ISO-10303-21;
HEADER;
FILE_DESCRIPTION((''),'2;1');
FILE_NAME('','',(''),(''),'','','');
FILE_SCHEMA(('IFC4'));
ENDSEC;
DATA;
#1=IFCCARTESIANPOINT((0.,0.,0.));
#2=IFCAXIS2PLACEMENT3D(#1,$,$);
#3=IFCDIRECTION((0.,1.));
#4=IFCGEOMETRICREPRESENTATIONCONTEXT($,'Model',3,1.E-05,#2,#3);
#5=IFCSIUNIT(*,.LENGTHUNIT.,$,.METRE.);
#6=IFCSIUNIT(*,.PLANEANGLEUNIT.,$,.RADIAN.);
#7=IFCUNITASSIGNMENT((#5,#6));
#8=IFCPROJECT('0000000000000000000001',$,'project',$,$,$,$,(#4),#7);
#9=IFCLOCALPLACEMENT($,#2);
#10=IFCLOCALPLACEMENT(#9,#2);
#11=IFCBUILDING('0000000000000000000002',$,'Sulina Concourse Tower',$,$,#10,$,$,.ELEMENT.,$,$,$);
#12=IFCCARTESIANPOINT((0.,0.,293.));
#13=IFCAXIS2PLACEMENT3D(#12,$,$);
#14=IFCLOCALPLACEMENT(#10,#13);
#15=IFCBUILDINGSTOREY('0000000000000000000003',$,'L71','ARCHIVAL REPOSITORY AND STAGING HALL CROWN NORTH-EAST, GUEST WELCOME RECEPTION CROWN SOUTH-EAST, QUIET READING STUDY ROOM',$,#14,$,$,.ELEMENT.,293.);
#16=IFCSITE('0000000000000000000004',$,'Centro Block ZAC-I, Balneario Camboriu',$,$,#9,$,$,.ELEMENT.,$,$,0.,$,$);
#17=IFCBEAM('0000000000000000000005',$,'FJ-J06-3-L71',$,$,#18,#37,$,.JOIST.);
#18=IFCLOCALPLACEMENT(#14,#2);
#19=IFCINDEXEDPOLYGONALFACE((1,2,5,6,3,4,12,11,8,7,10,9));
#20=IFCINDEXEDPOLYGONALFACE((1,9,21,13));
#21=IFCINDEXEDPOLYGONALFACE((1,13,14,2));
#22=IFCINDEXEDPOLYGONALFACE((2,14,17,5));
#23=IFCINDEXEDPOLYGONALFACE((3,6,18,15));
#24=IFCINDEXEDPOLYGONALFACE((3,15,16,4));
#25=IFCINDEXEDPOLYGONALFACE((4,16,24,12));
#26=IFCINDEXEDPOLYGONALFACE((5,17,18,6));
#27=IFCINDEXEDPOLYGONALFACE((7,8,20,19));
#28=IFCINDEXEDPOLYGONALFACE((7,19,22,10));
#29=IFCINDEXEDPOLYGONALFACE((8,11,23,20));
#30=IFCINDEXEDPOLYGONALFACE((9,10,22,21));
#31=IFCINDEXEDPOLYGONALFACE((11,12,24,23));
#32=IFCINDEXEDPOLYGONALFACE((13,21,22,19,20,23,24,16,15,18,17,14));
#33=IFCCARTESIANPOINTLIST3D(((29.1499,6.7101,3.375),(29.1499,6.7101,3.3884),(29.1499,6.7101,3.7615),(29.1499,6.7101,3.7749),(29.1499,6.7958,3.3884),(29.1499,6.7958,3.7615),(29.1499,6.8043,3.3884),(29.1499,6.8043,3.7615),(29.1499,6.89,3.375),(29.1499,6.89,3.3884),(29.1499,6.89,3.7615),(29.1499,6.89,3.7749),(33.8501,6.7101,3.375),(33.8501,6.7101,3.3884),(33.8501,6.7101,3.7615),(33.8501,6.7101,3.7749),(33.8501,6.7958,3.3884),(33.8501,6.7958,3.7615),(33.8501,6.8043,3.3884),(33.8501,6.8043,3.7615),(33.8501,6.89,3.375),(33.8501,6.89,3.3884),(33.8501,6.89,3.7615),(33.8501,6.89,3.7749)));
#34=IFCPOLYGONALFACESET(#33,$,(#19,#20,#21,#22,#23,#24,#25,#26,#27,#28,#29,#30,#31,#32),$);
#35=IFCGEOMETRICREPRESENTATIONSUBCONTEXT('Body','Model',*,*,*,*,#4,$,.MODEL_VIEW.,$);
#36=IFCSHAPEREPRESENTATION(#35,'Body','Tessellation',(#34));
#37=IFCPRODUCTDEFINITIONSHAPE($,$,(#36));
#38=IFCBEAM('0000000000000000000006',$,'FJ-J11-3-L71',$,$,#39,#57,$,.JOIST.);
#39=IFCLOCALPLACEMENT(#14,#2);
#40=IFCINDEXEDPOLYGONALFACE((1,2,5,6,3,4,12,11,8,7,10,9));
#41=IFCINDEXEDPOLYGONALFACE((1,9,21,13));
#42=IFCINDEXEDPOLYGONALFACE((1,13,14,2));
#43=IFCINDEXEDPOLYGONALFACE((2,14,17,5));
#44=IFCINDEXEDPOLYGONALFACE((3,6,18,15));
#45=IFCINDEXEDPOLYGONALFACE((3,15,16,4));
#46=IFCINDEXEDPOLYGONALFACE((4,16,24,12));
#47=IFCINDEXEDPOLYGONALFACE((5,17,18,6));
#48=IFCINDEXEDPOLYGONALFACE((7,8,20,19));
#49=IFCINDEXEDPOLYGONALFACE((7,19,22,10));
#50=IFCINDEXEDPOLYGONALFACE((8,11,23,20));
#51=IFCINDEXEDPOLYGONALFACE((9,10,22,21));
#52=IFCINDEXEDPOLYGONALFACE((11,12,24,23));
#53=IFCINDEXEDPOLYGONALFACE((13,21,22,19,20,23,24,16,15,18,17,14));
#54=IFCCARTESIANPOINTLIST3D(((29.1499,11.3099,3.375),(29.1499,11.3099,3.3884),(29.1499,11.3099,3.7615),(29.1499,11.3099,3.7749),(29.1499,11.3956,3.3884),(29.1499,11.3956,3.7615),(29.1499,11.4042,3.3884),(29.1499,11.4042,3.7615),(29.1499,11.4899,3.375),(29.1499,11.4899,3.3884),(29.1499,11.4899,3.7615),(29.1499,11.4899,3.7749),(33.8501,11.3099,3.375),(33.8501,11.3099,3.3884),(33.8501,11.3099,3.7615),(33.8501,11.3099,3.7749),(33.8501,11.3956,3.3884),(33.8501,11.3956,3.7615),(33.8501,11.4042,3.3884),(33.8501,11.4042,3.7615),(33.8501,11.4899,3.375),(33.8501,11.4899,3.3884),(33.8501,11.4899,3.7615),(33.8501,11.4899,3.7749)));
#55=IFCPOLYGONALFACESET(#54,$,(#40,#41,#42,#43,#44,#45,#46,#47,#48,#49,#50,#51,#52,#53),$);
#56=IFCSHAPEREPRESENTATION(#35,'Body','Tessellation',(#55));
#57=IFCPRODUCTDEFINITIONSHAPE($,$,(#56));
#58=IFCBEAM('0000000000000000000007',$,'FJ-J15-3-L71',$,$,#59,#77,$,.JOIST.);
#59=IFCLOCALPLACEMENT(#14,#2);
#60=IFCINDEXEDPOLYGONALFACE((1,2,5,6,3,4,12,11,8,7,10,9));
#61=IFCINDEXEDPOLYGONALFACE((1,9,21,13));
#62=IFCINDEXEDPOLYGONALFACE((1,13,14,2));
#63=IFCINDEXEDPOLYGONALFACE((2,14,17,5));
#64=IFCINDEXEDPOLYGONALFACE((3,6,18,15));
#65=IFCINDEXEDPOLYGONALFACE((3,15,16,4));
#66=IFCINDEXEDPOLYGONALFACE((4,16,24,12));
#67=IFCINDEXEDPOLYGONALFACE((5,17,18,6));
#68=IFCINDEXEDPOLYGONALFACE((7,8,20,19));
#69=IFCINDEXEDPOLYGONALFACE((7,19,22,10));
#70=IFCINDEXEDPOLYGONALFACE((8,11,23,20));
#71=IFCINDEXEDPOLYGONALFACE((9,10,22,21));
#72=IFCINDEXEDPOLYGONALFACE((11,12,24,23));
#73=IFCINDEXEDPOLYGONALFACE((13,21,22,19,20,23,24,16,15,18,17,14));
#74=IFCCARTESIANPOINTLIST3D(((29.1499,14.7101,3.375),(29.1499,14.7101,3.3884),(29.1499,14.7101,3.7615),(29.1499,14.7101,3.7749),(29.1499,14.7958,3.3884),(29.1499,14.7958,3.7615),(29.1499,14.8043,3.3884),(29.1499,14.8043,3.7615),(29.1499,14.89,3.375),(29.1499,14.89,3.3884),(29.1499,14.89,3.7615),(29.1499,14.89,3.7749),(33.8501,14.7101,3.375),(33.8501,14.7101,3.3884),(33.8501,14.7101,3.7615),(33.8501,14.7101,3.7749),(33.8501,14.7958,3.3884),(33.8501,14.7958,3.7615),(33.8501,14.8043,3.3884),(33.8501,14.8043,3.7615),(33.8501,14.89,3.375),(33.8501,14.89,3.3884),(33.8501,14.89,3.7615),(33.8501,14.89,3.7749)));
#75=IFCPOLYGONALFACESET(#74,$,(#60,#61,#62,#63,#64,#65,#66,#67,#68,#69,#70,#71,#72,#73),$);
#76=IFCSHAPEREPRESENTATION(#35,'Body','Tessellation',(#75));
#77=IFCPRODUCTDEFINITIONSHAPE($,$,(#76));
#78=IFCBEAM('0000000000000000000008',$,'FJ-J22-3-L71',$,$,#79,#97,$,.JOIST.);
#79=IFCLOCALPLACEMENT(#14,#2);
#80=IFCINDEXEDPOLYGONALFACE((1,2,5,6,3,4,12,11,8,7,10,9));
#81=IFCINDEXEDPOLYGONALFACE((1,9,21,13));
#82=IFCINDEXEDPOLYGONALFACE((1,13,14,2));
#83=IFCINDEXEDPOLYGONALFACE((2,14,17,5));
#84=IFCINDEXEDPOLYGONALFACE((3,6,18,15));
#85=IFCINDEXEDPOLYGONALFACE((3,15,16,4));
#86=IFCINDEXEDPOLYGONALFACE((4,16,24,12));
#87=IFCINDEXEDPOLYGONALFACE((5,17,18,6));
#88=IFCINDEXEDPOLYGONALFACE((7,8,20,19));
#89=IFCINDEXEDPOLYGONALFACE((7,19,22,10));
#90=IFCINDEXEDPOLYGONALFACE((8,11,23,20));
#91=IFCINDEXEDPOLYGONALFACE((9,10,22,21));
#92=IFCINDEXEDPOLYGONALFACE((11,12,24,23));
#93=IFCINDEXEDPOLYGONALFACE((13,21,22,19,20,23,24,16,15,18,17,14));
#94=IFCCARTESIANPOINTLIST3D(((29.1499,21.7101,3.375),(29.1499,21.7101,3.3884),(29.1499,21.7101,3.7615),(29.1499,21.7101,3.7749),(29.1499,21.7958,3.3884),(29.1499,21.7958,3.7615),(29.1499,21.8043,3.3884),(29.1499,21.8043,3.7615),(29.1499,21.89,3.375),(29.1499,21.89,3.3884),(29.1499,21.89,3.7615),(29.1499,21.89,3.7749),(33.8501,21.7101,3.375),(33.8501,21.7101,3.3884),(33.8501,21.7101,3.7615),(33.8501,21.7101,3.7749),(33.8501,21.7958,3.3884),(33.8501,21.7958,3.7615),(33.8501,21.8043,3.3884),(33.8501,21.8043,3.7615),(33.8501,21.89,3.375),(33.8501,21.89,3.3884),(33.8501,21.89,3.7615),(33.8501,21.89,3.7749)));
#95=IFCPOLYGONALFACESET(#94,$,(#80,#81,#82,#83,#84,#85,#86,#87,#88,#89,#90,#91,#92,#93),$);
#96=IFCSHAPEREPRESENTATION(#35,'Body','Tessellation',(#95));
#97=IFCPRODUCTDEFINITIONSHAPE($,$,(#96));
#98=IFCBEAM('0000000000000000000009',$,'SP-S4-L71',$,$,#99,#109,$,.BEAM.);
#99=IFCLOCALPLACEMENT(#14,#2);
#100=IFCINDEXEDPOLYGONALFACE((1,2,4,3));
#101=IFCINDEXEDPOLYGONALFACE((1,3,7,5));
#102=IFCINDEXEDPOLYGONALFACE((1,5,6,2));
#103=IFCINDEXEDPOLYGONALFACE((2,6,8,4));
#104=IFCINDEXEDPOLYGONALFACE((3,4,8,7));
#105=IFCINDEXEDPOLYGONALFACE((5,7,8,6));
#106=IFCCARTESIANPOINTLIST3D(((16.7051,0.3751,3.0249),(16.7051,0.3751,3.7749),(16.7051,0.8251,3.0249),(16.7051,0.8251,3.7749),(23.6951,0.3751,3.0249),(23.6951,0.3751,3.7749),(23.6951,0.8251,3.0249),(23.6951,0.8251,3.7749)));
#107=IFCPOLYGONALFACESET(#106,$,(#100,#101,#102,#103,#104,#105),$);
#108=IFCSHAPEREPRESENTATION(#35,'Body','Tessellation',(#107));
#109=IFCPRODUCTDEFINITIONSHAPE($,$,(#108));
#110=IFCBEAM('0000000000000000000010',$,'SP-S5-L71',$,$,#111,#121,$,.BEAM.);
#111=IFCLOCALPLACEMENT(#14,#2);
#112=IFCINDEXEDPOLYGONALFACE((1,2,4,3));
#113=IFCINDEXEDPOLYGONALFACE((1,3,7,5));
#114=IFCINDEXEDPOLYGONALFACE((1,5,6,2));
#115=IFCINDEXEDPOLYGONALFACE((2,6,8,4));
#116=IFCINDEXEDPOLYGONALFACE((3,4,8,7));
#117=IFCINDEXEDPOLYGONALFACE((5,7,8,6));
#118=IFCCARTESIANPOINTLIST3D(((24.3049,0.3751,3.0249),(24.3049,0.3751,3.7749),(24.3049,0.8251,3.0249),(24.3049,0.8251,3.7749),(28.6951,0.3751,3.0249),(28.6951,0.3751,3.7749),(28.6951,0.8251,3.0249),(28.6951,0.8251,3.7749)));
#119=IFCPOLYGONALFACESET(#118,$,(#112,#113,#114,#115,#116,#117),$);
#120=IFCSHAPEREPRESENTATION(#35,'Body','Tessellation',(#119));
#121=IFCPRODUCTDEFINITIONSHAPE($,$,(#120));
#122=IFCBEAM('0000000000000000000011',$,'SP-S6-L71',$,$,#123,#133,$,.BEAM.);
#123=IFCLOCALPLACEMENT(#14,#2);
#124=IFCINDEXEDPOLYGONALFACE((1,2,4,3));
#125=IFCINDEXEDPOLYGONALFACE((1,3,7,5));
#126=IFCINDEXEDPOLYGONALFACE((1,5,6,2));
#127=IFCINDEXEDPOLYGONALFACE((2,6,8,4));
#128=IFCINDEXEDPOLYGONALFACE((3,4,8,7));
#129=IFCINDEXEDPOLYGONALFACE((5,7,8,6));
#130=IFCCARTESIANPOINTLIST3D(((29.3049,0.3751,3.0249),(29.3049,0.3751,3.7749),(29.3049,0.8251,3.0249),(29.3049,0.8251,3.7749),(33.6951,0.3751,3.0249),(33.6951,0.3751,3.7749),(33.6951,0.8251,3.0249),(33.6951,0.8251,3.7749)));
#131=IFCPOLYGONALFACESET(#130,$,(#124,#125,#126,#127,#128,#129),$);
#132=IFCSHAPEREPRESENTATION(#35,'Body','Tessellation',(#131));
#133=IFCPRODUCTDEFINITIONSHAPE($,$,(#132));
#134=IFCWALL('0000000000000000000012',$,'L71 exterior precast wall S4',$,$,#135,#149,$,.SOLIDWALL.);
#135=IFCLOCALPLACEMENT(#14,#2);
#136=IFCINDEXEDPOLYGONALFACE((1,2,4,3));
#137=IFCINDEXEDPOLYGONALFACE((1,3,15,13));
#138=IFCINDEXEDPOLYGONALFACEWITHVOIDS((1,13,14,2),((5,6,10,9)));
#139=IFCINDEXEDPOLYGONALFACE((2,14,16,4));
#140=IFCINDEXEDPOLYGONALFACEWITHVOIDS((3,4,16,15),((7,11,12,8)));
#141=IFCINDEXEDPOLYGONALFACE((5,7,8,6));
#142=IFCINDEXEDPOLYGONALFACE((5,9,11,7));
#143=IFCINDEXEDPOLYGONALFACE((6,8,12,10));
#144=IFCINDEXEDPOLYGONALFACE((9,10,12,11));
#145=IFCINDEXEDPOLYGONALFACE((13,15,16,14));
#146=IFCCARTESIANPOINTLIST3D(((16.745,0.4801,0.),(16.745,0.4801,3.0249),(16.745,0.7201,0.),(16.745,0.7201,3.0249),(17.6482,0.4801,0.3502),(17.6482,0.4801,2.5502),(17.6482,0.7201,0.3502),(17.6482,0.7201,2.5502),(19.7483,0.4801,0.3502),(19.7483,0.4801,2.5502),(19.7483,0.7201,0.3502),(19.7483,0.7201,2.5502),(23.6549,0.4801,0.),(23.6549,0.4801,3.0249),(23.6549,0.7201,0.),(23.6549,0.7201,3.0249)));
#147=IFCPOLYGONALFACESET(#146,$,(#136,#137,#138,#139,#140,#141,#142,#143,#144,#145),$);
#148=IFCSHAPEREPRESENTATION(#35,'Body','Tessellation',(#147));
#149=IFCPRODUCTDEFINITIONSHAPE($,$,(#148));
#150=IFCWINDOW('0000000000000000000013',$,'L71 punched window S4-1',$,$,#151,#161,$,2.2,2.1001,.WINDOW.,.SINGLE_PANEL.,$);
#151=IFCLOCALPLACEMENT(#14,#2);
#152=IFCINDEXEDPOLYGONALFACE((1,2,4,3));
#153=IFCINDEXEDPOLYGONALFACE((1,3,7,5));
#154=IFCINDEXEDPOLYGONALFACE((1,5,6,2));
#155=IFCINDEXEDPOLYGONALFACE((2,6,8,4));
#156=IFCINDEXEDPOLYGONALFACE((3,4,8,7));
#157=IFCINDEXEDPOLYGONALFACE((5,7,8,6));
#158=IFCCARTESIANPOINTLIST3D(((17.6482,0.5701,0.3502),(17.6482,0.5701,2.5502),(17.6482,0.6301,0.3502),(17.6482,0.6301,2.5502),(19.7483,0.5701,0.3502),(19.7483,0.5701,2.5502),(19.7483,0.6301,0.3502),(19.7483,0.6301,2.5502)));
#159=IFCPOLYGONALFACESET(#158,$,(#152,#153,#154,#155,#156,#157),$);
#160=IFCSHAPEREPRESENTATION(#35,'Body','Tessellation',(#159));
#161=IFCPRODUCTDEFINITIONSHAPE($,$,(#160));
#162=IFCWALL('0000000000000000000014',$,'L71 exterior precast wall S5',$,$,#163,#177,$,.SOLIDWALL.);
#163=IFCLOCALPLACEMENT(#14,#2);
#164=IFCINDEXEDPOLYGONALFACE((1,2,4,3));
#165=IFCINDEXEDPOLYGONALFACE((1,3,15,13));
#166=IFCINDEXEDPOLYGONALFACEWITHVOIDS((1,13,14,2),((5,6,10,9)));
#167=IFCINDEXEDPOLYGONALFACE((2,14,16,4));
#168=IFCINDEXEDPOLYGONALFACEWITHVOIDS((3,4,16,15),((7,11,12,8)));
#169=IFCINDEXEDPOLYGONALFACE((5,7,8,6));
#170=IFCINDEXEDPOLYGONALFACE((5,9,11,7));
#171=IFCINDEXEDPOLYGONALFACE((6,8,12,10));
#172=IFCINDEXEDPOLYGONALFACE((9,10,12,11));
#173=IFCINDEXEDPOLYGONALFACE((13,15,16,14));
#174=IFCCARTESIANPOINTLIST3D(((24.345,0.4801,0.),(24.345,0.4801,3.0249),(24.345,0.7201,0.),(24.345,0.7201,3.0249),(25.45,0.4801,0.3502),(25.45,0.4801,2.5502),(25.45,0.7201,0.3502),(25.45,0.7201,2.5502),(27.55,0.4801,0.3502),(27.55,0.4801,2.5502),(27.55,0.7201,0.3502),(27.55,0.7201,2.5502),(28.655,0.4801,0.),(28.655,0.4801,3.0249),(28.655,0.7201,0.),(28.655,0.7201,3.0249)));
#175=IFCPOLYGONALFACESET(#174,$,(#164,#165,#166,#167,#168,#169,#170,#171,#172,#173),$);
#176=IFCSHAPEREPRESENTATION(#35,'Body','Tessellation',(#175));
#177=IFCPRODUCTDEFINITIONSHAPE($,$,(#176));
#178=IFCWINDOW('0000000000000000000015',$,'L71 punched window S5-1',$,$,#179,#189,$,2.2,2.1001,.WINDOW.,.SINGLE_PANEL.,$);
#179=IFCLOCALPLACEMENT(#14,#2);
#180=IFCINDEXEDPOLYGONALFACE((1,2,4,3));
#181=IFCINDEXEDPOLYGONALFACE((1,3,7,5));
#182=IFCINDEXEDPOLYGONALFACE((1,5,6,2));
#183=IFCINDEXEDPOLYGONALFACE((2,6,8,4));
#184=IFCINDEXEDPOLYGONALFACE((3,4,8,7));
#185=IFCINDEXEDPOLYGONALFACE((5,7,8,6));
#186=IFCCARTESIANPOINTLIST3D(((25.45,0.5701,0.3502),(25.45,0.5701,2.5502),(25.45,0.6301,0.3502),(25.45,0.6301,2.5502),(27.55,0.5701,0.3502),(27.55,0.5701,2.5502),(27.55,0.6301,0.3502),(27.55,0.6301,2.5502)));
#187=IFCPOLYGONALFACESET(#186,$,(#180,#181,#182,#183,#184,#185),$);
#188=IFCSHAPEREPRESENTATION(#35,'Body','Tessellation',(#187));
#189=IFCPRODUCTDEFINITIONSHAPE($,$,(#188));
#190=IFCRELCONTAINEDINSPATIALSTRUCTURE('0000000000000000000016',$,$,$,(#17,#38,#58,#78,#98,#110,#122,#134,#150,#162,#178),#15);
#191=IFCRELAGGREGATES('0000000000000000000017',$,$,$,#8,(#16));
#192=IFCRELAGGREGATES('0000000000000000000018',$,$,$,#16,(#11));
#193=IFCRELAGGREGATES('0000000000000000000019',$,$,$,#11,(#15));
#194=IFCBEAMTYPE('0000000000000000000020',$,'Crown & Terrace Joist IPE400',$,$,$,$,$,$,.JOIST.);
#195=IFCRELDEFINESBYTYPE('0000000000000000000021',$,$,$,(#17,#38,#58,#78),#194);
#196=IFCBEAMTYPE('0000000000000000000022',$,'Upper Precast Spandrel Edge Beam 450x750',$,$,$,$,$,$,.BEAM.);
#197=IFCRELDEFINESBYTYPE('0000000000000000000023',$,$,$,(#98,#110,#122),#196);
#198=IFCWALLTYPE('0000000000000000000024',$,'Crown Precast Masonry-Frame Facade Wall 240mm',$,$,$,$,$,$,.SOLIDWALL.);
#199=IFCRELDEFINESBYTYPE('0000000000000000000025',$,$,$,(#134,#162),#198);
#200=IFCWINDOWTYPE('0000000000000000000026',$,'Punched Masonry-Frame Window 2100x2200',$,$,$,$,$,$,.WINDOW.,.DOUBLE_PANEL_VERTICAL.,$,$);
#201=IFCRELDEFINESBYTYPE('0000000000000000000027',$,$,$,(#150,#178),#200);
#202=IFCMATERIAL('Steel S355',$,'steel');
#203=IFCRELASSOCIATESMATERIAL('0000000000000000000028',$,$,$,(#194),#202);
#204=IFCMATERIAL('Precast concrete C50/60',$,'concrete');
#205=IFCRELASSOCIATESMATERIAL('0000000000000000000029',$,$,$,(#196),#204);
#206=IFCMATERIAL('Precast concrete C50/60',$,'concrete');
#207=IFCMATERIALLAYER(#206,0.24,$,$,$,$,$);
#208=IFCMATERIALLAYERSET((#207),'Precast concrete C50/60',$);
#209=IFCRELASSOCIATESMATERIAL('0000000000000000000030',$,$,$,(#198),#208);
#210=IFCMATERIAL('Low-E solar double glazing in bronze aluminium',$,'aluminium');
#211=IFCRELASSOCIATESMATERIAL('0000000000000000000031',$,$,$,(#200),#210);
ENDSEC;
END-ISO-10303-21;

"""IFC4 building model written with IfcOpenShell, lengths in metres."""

from ifc_helpers import new_model, si_unit, direction, frame, frame_2d, origin, origin_2d, place, context, subcontext, project, spatial, rectangle, i_section, extrude, material, layer, layer_set, material_profile, profile_set, type_object, element, fill, save


model = new_model("IFC4")

# Units and contexts
model_context = context("Model", 3, precision=1e-05, world=origin(), true_north=direction((0.0, 1.0)))
body_context = subcontext(model_context, "Body", "Model", "MODEL_VIEW")
ifc_project = project(units=[si_unit("LENGTHUNIT", "METRE"), si_unit("PLANEANGLEUNIT", "RADIAN")], contexts=[model_context])

# Site, building, storey
site_placement = place(None, origin())
site = spatial("IfcSite", under=ifc_project, at=site_placement, Name="Centro Block ZAC-I, Balneario Camboriu", CompositionType="ELEMENT", RefElevation=0.0)
building_placement = place(site_placement, origin())
building = spatial("IfcBuilding", under=site, at=building_placement, Name="Sulina Concourse Tower", CompositionType="ELEMENT")
storey_placement = place(building_placement, frame((0.0, 0.0, 293.0)))
storey = spatial("IfcBuildingStorey", under=building, at=storey_placement, Name="L71", Description="ARCHIVAL REPOSITORY AND STAGING HALL CROWN NORTH-EAST, GUEST WELCOME RECEPTION CROWN SOUTH-EAST, QUIET READING STUDY ROOM", CompositionType="ELEMENT", Elevation=293.0)

# Beams
ifc_material_1 = material(Name="Steel S355", Category="steel")
ifc_material_profile_1 = material_profile(ifc_material_1, i_section(OverallWidth=0.1799, OverallDepth=0.3999, WebThickness=0.0085, FlangeThickness=0.0134, at=origin_2d()), Name="IPE 400")
ifc_profile_set_1 = profile_set([ifc_material_profile_1], Name="Steel S355")
beam_type_1 = type_object("IfcBeamType", Name="Crown & Terrace Joist IPE400", PredefinedType="JOIST", material=ifc_profile_set_1)
for number, where, z_axis, x_axis, name in (
    (1, (29.1499, 6.8, 3.575), (1.0, 0.0, 0.0), (0.0, 1.0, 0.0), "FJ-J06-3-L71"),
    (2, (29.1499, 11.3999, 3.575), (1.0, 0.0, 0.0), (0.0, 1.0, 0.0), "FJ-J11-3-L71"),
    (3, (29.1499, 14.8, 3.575), (1.0, 0.0, 0.0), (0.0, 1.0, 0.0), "FJ-J15-3-L71"),
    (4, (29.1499, 21.8, 3.575), (1.0, 0.0, 0.0), (0.0, 1.0, 0.0), "FJ-J22-3-L71"),
):
    element("IfcBeam", number, at=place(storey_placement, frame(where, z_axis=z_axis, x_axis=x_axis)), inside=storey, type_object=beam_type_1, Name=name, PredefinedType="JOIST", context=body_context, shape_type="SweptSolid", body=[
        extrude(i_section(OverallWidth=0.1799, OverallDepth=0.3999, WebThickness=0.0085, FlangeThickness=0.0134, at=origin_2d()), origin(), (0.0, 0.0, 1.0), 4.7002),
    ])
ifc_material_2 = material(Name="Precast concrete C50/60", Category="concrete")
ifc_material_profile_2 = material_profile(ifc_material_2, rectangle(XDim=0.45, YDim=0.75, at=origin_2d()), Name="RC 450x750")
ifc_profile_set_2 = profile_set([ifc_material_profile_2], Name="Precast concrete C50/60")
beam_type_2 = type_object("IfcBeamType", Name="Upper Precast Spandrel Edge Beam 450x750", PredefinedType="BEAM", material=ifc_profile_set_2)
beam_1_placement = place(storey_placement, frame((16.7051, 0.6001, 3.3999), z_axis=(1.0, 0.0, 0.0), x_axis=(0.0, 1.0, 0.0)))
element("IfcBeam", 5, at=beam_1_placement, inside=storey, type_object=beam_type_2, Name="SP-S4-L71", PredefinedType="BEAM", context=body_context, shape_type="SweptSolid", body=[
    extrude(rectangle(XDim=0.45, YDim=0.75, at=origin_2d()), origin(), (0.0, 0.0, 1.0), 6.99),
])
for number, where, z_axis, x_axis, name in (
    (6, (24.3049, 0.6001, 3.3999), (1.0, 0.0, 0.0), (0.0, 1.0, 0.0), "SP-S5-L71"),
    (7, (29.3049, 0.6001, 3.3999), (1.0, 0.0, 0.0), (0.0, 1.0, 0.0), "SP-S6-L71"),
):
    element("IfcBeam", number, at=place(storey_placement, frame(where, z_axis=z_axis, x_axis=x_axis)), inside=storey, type_object=beam_type_2, Name=name, PredefinedType="BEAM", context=body_context, shape_type="SweptSolid", body=[
        extrude(rectangle(XDim=0.45, YDim=0.75, at=origin_2d()), origin(), (0.0, 0.0, 1.0), 4.3901),
    ])

# Walls, openings, windows
ifc_material_3 = material(Name="Precast concrete C50/60", Category="concrete")
ifc_layer_1 = layer(ifc_material_3, 0.24)
ifc_layer_set_1 = layer_set([ifc_layer_1], Name="Precast concrete C50/60")
wall_type_1 = type_object("IfcWallType", Name="Crown Precast Masonry-Frame Facade Wall 240mm", PredefinedType="SOLIDWALL", material=ifc_layer_set_1)
wall_1_placement = place(storey_placement, frame((23.655, 0.6001, 0.0), z_axis=(0.0, 0.0, 1.0), x_axis=(-1.0, 0.0, 0.0)))
wall_1 = element("IfcWall", 8, at=wall_1_placement, inside=storey, type_object=wall_type_1, Name="L71 exterior precast wall S4", PredefinedType="SOLIDWALL", context=body_context, shape_type="SweptSolid", body=[
    extrude(rectangle(XDim=6.9099, YDim=0.24, at=frame_2d((3.4551, 0.0))), origin(), (0.0, 0.0, 1.0), 3.0249),
])
opening_1_placement = place(wall_1_placement, frame((3.9067, 0.0, 0.3501)))
opening_1 = element("IfcOpeningElement", 9, at=opening_1_placement, cuts=wall_1, PredefinedType="OPENING", context=body_context, shape_type="SweptSolid", body=[
    extrude(rectangle(XDim=2.1001, YDim=2.2, at=frame_2d((1.05, 1.1001))), frame((0.0, 0.1299, 0.0), z_axis=(0.0, -1.0, 0.0), x_axis=(1.0, 0.0, 0.0)), (0.0, 0.0, 1.0), 0.26),
])
ifc_material_4 = material(Name="Low-E solar double glazing in bronze aluminium", Category="aluminium")
window_type = type_object("IfcWindowType", Name="Punched Masonry-Frame Window 2100x2200", PartitioningType="DOUBLE_PANEL_VERTICAL", PredefinedType="WINDOW", material=ifc_material_4)
window_1_placement = place(opening_1_placement, origin())
window_1 = element("IfcWindow", 10, at=window_1_placement, inside=storey, type_object=window_type, Name="L71 punched window S4-1", OverallHeight=2.2, OverallWidth=2.1001, PartitioningType="SINGLE_PANEL", PredefinedType="WINDOW", context=body_context, shape_type="SweptSolid", body=[
    extrude(rectangle(XDim=2.1001, YDim=2.2, at=frame_2d((1.05, 1.1001))), frame((0.0, 0.03, 0.0), z_axis=(0.0, -1.0, 0.0), x_axis=(1.0, 0.0, 0.0)), (0.0, 0.0, 1.0), 0.0601),
])
fill(opening_1, window_1)
wall_2_placement = place(storey_placement, frame((28.655, 0.6001, 0.0), z_axis=(0.0, 0.0, 1.0), x_axis=(-1.0, 0.0, 0.0)))
wall_2 = element("IfcWall", 11, at=wall_2_placement, inside=storey, type_object=wall_type_1, Name="L71 exterior precast wall S5", PredefinedType="SOLIDWALL", context=body_context, shape_type="SweptSolid", body=[
    extrude(rectangle(XDim=4.3101, YDim=0.24, at=frame_2d((2.155, 0.0))), origin(), (0.0, 0.0, 1.0), 3.0249),
])
opening_2_placement = place(wall_2_placement, frame((1.105, 0.0, 0.3501)))
opening_2 = element("IfcOpeningElement", 12, at=opening_2_placement, cuts=wall_2, PredefinedType="OPENING", context=body_context, shape_type="SweptSolid", body=[
    extrude(rectangle(XDim=2.1001, YDim=2.2, at=frame_2d((1.05, 1.1001))), frame((0.0, 0.1299, 0.0), z_axis=(0.0, -1.0, 0.0), x_axis=(1.0, 0.0, 0.0)), (0.0, 0.0, 1.0), 0.26),
])
window_2_placement = place(opening_2_placement, origin())
window_2 = element("IfcWindow", 13, at=window_2_placement, inside=storey, type_object=window_type, Name="L71 punched window S5-1", OverallHeight=2.2, OverallWidth=2.1001, PartitioningType="SINGLE_PANEL", PredefinedType="WINDOW", context=body_context, shape_type="SweptSolid", body=[
    extrude(rectangle(XDim=2.1001, YDim=2.2, at=frame_2d((1.05, 1.1001))), frame((0.0, 0.03, 0.0), z_axis=(0.0, -1.0, 0.0), x_axis=(1.0, 0.0, 0.0)), (0.0, 0.0, 1.0), 0.0601),
])
fill(opening_2, window_2)

save(model, "model.ifc")
